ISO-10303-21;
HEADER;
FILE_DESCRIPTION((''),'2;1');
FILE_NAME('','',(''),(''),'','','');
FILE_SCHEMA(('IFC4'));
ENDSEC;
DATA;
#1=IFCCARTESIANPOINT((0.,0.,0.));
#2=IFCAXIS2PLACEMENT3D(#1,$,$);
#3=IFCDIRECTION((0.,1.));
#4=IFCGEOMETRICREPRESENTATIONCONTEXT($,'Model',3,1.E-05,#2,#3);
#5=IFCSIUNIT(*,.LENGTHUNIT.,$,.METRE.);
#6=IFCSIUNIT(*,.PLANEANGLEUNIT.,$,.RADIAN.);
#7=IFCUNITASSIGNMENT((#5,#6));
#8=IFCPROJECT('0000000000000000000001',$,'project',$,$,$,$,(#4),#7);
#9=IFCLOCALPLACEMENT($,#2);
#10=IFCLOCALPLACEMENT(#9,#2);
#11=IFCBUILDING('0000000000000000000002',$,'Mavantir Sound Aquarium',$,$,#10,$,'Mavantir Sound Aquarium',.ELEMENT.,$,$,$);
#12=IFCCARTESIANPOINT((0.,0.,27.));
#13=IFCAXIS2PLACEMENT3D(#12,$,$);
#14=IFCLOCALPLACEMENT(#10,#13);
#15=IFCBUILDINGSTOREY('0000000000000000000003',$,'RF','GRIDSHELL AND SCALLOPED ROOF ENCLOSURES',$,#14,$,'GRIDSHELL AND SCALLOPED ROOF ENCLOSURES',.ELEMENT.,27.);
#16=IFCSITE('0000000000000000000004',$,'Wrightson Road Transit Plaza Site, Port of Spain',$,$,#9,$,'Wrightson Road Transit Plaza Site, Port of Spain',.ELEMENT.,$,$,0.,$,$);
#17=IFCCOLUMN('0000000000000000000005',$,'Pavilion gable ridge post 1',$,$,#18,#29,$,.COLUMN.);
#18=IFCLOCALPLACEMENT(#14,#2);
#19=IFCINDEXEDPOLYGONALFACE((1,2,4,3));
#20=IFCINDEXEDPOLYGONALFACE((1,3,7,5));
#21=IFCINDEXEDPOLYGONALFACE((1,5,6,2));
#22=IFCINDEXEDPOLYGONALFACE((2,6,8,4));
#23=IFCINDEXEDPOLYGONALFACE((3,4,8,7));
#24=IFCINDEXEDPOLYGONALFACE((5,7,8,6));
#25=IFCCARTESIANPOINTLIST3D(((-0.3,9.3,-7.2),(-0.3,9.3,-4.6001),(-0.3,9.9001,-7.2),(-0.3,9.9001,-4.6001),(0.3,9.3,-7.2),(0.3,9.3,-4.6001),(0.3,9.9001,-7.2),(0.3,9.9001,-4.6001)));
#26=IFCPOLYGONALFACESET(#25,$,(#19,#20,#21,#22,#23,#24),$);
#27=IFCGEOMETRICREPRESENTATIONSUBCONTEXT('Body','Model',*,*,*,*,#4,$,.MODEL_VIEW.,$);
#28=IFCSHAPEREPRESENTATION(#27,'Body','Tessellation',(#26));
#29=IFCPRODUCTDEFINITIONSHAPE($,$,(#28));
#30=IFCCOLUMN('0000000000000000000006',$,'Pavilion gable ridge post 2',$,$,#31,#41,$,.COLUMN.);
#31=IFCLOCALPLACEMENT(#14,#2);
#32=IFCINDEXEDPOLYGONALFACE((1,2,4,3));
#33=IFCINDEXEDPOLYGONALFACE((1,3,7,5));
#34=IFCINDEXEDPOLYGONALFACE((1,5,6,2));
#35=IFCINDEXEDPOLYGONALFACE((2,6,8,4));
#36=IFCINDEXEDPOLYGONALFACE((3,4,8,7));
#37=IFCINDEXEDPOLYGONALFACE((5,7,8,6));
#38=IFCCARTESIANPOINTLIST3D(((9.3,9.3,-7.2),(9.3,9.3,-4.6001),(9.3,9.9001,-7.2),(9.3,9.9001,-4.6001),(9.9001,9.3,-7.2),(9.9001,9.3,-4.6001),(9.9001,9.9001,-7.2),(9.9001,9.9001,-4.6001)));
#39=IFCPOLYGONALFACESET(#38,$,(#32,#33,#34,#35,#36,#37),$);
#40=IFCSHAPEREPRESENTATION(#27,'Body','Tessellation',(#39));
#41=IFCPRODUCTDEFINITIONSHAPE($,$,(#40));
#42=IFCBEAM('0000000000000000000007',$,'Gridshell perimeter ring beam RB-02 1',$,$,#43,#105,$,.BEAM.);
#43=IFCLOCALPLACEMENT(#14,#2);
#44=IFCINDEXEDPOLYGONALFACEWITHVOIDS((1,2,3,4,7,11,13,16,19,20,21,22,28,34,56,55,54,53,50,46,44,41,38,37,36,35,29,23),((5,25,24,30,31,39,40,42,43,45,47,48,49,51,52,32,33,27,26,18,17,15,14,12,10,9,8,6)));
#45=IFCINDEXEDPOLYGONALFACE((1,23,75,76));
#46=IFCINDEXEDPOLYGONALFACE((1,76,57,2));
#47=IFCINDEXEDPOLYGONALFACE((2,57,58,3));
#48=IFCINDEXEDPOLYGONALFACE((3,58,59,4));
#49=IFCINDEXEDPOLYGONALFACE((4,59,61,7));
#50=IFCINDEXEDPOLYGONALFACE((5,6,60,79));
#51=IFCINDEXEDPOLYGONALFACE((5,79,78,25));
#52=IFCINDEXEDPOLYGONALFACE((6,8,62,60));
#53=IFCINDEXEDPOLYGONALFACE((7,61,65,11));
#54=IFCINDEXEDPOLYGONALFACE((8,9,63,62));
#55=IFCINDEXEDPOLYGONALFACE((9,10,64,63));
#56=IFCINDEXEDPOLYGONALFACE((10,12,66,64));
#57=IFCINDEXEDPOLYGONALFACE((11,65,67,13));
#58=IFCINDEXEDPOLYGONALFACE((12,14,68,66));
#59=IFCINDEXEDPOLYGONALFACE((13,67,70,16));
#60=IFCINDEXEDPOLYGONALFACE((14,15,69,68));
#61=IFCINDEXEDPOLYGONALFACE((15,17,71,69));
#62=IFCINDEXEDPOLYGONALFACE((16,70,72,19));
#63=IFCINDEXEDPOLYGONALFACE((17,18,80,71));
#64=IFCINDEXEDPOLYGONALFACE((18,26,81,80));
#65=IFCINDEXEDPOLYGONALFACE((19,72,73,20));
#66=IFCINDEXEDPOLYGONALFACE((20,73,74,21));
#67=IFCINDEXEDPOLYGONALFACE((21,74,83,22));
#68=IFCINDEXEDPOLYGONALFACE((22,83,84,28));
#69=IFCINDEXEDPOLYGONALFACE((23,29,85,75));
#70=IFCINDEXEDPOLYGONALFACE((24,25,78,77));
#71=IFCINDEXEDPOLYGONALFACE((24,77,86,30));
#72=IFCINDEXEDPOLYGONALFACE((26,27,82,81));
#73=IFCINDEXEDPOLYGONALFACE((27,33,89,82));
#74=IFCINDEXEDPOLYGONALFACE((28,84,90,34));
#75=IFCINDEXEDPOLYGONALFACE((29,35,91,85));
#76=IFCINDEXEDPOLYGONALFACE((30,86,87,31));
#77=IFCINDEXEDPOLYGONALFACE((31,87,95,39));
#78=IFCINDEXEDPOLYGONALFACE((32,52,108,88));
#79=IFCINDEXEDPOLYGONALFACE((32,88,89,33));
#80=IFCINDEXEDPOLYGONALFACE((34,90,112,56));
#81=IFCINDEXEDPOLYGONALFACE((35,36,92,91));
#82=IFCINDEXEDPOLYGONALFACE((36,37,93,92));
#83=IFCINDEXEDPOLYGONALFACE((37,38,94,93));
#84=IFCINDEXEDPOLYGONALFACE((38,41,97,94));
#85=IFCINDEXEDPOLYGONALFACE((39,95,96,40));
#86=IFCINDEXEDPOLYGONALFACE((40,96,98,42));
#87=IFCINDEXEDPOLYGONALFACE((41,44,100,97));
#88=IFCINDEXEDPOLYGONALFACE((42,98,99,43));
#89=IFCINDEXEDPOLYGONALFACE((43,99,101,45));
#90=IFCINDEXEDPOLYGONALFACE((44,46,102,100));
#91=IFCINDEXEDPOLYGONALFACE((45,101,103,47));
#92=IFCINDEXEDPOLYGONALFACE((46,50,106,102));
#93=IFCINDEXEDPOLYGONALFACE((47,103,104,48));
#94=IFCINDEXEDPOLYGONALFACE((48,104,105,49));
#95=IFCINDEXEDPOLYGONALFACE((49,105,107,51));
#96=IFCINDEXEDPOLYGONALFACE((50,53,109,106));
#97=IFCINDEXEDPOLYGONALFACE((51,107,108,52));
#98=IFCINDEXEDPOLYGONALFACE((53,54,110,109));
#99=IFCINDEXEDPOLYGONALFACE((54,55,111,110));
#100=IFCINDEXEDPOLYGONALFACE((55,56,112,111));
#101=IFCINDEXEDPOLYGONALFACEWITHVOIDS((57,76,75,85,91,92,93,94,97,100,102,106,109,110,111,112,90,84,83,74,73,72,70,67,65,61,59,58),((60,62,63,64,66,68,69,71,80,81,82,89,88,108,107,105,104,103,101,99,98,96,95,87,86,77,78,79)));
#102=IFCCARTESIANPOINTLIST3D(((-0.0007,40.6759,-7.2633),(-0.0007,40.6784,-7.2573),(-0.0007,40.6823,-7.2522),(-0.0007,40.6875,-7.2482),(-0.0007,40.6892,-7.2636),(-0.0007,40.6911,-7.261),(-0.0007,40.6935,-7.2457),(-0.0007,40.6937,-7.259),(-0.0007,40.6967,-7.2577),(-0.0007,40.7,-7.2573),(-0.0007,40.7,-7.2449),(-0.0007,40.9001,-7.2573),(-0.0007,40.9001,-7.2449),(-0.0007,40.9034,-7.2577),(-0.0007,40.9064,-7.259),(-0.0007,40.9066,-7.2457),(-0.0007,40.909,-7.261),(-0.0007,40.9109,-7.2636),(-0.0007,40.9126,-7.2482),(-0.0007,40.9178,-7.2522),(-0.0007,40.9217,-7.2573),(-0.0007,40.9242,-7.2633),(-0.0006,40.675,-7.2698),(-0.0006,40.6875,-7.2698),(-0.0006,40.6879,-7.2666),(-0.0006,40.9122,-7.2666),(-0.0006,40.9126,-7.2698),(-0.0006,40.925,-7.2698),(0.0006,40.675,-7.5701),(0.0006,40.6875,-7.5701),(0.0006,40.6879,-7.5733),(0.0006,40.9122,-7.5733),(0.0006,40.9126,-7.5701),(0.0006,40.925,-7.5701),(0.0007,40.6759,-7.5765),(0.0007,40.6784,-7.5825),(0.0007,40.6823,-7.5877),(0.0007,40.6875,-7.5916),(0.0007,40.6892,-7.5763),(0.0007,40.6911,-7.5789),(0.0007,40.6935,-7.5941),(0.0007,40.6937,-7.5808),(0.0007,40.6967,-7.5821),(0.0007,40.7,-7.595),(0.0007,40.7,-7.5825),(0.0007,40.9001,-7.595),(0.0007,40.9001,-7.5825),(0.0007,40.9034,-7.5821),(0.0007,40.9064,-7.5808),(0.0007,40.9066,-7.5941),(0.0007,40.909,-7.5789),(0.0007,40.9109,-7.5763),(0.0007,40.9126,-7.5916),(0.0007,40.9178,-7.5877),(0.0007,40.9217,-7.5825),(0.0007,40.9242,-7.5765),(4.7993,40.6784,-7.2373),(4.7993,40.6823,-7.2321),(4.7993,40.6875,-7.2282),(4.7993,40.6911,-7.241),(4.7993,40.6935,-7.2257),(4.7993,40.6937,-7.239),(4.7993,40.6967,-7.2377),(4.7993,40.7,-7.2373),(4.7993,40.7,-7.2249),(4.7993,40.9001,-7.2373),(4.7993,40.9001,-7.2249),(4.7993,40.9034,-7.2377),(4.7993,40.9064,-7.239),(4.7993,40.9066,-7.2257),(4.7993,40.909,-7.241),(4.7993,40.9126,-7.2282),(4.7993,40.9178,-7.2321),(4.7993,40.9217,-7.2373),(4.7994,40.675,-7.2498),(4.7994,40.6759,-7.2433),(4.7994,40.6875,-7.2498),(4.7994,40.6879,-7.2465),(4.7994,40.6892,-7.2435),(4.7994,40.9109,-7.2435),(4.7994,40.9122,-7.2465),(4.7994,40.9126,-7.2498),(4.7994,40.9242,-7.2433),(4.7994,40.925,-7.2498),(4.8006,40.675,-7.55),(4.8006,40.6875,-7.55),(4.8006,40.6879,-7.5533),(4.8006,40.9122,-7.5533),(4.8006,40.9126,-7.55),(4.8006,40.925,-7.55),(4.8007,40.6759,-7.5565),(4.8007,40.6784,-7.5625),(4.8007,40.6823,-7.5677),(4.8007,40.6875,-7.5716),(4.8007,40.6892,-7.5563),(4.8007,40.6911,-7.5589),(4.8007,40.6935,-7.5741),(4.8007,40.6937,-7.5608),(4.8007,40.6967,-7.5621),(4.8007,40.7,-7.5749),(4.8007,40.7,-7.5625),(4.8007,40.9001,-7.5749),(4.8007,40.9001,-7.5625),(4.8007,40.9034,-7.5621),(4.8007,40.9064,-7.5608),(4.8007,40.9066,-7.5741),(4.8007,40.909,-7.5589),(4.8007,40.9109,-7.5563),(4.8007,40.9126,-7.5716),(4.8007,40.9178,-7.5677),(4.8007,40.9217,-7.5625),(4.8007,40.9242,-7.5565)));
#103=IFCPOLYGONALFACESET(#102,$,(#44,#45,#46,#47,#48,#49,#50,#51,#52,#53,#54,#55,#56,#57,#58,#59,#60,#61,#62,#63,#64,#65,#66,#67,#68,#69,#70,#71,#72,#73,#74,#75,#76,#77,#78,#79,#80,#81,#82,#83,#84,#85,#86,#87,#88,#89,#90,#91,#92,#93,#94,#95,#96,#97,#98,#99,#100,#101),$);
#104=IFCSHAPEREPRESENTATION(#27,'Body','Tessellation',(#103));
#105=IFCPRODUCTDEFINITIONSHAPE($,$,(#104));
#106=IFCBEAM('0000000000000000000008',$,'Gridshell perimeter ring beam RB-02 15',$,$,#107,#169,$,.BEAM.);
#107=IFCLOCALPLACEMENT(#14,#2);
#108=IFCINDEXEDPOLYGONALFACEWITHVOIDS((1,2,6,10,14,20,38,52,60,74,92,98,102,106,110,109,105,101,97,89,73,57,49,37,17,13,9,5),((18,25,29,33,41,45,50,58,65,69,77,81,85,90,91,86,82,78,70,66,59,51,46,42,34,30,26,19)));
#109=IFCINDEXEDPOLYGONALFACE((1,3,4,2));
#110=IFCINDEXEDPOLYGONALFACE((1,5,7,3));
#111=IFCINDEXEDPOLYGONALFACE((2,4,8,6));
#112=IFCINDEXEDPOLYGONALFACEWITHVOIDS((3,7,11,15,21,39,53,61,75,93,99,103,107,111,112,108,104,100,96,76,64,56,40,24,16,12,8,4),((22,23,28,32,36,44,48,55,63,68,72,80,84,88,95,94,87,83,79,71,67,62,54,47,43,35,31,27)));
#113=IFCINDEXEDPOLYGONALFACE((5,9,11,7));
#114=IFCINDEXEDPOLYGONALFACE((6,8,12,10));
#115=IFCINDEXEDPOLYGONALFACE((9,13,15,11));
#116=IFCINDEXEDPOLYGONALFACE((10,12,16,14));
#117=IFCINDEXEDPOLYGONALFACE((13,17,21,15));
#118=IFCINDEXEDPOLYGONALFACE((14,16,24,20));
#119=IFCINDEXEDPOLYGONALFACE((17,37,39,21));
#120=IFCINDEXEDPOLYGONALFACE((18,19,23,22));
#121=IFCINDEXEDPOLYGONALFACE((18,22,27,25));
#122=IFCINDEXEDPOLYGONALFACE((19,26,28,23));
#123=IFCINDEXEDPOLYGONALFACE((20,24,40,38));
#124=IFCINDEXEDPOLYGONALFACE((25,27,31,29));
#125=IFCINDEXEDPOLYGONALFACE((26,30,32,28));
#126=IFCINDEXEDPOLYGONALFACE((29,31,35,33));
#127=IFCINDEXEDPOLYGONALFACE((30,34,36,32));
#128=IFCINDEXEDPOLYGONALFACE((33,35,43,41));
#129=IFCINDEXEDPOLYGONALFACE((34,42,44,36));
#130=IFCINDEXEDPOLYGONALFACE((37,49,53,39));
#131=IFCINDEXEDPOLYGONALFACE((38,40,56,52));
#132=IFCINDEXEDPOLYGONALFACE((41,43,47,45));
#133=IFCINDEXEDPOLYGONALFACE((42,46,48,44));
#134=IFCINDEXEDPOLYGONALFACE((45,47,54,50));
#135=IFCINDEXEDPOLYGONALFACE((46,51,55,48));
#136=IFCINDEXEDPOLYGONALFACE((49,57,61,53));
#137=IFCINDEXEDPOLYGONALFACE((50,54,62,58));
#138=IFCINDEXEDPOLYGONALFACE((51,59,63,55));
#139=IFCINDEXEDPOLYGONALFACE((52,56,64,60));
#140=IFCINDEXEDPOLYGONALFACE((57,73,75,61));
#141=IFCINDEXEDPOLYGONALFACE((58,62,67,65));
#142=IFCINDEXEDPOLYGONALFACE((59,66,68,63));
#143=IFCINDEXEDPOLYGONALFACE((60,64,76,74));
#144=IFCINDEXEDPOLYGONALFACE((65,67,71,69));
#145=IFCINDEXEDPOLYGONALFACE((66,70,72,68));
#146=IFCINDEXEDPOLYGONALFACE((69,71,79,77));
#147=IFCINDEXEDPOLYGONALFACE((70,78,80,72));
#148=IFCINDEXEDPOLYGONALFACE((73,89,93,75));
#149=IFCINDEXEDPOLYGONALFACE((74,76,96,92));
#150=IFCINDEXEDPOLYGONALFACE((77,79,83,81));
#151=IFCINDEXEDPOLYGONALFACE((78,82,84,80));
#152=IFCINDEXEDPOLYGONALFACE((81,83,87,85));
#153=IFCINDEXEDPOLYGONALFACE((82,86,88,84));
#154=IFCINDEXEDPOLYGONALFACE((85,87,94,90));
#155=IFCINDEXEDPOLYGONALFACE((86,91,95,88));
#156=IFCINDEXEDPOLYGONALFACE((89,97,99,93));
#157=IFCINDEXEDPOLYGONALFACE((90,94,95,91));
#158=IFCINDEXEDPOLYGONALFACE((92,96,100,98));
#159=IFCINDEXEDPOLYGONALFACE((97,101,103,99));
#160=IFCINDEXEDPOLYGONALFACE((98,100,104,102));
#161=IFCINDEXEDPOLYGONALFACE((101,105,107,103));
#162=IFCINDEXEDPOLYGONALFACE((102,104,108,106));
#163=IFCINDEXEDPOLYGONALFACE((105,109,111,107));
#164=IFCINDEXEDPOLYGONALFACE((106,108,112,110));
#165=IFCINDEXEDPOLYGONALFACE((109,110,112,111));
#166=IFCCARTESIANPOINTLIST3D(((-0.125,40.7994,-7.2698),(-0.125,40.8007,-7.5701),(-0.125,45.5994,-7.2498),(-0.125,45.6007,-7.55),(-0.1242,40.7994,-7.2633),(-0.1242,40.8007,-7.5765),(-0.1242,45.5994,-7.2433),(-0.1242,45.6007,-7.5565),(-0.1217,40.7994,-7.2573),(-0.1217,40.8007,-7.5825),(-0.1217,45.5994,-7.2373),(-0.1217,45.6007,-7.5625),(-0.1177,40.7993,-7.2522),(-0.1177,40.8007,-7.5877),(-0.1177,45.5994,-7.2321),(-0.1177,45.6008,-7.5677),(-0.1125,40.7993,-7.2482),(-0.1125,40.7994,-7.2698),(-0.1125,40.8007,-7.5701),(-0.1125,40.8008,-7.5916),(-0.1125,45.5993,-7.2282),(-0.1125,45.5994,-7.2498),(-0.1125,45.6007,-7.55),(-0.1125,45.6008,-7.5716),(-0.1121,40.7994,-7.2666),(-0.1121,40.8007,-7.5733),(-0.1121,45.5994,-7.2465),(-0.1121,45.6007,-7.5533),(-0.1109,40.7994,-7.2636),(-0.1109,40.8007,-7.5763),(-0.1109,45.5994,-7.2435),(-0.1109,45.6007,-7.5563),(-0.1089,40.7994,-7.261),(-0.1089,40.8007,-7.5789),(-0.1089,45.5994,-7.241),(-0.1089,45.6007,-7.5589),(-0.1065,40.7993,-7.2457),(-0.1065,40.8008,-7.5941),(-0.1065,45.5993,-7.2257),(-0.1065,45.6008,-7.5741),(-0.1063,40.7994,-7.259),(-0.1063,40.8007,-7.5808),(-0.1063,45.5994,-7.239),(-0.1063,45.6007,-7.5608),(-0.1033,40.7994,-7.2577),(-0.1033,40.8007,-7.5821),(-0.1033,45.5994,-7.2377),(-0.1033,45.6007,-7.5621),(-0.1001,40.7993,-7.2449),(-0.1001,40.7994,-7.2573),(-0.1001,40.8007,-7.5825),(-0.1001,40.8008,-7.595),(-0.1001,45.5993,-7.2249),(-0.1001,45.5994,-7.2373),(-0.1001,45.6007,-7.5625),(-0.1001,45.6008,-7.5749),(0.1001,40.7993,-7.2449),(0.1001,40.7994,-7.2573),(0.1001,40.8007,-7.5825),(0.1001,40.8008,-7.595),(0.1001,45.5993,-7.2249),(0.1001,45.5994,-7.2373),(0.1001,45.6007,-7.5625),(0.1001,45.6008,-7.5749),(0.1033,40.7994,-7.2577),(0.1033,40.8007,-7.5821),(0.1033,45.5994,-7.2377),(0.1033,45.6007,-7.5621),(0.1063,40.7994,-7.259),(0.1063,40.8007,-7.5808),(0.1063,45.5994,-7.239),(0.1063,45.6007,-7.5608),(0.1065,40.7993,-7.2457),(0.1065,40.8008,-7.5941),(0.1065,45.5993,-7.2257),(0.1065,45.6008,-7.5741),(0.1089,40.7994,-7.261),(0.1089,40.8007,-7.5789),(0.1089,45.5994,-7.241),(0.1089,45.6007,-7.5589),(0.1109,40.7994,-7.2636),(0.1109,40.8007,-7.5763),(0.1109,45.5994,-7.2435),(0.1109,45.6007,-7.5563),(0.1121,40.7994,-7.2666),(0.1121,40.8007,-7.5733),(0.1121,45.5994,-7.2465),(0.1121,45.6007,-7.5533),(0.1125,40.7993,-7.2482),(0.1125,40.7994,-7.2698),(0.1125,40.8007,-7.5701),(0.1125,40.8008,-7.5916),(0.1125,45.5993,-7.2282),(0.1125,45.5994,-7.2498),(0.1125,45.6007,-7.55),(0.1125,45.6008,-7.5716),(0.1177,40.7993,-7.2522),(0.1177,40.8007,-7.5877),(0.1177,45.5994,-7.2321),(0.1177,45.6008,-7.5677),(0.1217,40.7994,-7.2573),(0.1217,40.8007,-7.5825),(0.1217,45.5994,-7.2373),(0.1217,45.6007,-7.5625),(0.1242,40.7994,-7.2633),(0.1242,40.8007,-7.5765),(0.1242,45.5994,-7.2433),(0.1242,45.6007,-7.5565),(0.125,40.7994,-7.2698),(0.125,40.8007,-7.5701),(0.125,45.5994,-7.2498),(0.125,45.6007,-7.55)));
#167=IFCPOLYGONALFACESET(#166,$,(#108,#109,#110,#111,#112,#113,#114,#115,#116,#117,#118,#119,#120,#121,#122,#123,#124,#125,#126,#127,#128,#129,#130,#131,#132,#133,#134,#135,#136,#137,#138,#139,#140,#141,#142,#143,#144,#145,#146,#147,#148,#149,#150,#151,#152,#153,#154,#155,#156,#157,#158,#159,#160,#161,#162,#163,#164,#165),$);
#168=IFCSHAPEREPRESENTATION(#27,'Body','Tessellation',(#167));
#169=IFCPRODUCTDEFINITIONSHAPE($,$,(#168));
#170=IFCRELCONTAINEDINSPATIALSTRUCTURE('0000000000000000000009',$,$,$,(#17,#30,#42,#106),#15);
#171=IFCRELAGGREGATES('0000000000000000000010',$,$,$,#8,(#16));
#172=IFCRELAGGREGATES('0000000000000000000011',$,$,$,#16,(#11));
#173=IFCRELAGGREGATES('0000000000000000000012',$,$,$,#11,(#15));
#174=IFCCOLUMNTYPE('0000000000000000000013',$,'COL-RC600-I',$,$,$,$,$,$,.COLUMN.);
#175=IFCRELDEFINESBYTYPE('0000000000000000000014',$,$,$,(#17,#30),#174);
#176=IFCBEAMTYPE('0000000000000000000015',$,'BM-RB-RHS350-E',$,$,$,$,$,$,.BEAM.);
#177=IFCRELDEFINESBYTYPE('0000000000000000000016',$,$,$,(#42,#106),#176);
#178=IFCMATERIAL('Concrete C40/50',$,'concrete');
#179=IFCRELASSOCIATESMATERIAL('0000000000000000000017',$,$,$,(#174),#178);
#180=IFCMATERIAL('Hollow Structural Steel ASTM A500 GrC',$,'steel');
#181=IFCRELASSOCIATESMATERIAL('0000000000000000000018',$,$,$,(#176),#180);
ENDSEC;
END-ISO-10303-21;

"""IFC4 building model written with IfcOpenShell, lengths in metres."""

from ifc_helpers import new_model, si_unit, direction, frame, origin, origin_2d, place, context, subcontext, project, spatial, rectangle, hollow_rectangle, extrude, material, material_profile, profile_set, type_object, element, save


model = new_model("IFC4")

# Units and contexts
model_context = context("Model", 3, precision=1e-05, world=origin(), true_north=direction((0.0, 1.0)))
body_context = subcontext(model_context, "Body", "Model", "MODEL_VIEW")
ifc_project = project(units=[si_unit("LENGTHUNIT", "METRE"), si_unit("PLANEANGLEUNIT", "RADIAN")], contexts=[model_context])

# Site, building, storey
site_placement = place(None, origin())
site = spatial("IfcSite", under=ifc_project, at=site_placement, Name="Wrightson Road Transit Plaza Site, Port of Spain", LongName="Wrightson Road Transit Plaza Site, Port of Spain", CompositionType="ELEMENT", RefElevation=0.0)
building_placement = place(site_placement, origin())
building = spatial("IfcBuilding", under=site, at=building_placement, Name="Mavantir Sound Aquarium", LongName="Mavantir Sound Aquarium", CompositionType="ELEMENT")
storey_placement = place(building_placement, frame((0.0, 0.0, 27.0)))
storey = spatial("IfcBuildingStorey", under=building, at=storey_placement, Name="RF", Description="GRIDSHELL AND SCALLOPED ROOF ENCLOSURES", LongName="GRIDSHELL AND SCALLOPED ROOF ENCLOSURES", CompositionType="ELEMENT", Elevation=27.0)

# Columns
ifc_material_1 = material(Name="Concrete C40/50", Category="concrete")
ifc_material_profile_1 = material_profile(ifc_material_1, rectangle(XDim=0.6001, YDim=0.6001, at=origin_2d()), Name="RC 600X600")
ifc_profile_set_1 = profile_set([ifc_material_profile_1], Name="Concrete C40/50")
column_type = type_object("IfcColumnType", Name="COL-RC600-I", PredefinedType="COLUMN", material=ifc_profile_set_1)
for number, where, z_axis, x_axis, name in (
    (1, (0.0, 9.6001, -7.2), (0.0, 0.0, 1.0), (1.0, 0.0, 0.0), "Pavilion gable ridge post 1"),
    (2, (9.6001, 9.6001, -7.2), (0.0, 0.0, 1.0), (1.0, 0.0, 0.0), "Pavilion gable ridge post 2"),
):
    element("IfcColumn", number, at=place(storey_placement, frame(where, z_axis=z_axis, x_axis=x_axis)), inside=storey, type_object=column_type, Name=name, PredefinedType="COLUMN", context=body_context, shape_type="SweptSolid", body=[
        extrude(rectangle(XDim=0.6001, YDim=0.6001, at=origin_2d()), origin(), (0.0, 0.0, 1.0), 2.5999),
    ])

# Beams
ifc_material_2 = material(Name="Hollow Structural Steel ASTM A500 GrC", Category="steel")
ifc_material_profile_2 = material_profile(ifc_material_2, hollow_rectangle(XDim=0.25, YDim=0.3501, WallThickness=0.0125, InnerFilletRadius=0.0125, OuterFilletRadius=0.0249, at=origin_2d()), Name="RHS 350X250X12.5")
ifc_profile_set_2 = profile_set([ifc_material_profile_2], Name="Hollow Structural Steel ASTM A500 GrC")
beam_type_1 = type_object("IfcBeamType", Name="BM-RB-RHS350-E", PredefinedType="BEAM", material=ifc_profile_set_2)
for number, where, z_axis, x_axis, name in (
    (3, (0.0, 40.8, -7.4199), (0.999991, 0.0, 0.004171), (0.0, 1.0, 0.0), "Gridshell perimeter ring beam RB-02 1"),
    (4, (0.0, 40.8, -7.4199), (0.0, 0.999991, 0.004171), (-1.0, 0.0, 0.0), "Gridshell perimeter ring beam RB-02 15"),
):
    element("IfcBeam", number, at=place(storey_placement, frame(where, z_axis=z_axis, x_axis=x_axis)), inside=storey, type_object=beam_type_1, Name=name, PredefinedType="BEAM", context=body_context, shape_type="SweptSolid", body=[
        extrude(hollow_rectangle(XDim=0.25, YDim=0.3501, WallThickness=0.0125, InnerFilletRadius=0.0125, OuterFilletRadius=0.0249, at=origin_2d()), origin(), (0.0, 0.0, 1.0), 4.8),
    ])

save(model, "model.ifc")
